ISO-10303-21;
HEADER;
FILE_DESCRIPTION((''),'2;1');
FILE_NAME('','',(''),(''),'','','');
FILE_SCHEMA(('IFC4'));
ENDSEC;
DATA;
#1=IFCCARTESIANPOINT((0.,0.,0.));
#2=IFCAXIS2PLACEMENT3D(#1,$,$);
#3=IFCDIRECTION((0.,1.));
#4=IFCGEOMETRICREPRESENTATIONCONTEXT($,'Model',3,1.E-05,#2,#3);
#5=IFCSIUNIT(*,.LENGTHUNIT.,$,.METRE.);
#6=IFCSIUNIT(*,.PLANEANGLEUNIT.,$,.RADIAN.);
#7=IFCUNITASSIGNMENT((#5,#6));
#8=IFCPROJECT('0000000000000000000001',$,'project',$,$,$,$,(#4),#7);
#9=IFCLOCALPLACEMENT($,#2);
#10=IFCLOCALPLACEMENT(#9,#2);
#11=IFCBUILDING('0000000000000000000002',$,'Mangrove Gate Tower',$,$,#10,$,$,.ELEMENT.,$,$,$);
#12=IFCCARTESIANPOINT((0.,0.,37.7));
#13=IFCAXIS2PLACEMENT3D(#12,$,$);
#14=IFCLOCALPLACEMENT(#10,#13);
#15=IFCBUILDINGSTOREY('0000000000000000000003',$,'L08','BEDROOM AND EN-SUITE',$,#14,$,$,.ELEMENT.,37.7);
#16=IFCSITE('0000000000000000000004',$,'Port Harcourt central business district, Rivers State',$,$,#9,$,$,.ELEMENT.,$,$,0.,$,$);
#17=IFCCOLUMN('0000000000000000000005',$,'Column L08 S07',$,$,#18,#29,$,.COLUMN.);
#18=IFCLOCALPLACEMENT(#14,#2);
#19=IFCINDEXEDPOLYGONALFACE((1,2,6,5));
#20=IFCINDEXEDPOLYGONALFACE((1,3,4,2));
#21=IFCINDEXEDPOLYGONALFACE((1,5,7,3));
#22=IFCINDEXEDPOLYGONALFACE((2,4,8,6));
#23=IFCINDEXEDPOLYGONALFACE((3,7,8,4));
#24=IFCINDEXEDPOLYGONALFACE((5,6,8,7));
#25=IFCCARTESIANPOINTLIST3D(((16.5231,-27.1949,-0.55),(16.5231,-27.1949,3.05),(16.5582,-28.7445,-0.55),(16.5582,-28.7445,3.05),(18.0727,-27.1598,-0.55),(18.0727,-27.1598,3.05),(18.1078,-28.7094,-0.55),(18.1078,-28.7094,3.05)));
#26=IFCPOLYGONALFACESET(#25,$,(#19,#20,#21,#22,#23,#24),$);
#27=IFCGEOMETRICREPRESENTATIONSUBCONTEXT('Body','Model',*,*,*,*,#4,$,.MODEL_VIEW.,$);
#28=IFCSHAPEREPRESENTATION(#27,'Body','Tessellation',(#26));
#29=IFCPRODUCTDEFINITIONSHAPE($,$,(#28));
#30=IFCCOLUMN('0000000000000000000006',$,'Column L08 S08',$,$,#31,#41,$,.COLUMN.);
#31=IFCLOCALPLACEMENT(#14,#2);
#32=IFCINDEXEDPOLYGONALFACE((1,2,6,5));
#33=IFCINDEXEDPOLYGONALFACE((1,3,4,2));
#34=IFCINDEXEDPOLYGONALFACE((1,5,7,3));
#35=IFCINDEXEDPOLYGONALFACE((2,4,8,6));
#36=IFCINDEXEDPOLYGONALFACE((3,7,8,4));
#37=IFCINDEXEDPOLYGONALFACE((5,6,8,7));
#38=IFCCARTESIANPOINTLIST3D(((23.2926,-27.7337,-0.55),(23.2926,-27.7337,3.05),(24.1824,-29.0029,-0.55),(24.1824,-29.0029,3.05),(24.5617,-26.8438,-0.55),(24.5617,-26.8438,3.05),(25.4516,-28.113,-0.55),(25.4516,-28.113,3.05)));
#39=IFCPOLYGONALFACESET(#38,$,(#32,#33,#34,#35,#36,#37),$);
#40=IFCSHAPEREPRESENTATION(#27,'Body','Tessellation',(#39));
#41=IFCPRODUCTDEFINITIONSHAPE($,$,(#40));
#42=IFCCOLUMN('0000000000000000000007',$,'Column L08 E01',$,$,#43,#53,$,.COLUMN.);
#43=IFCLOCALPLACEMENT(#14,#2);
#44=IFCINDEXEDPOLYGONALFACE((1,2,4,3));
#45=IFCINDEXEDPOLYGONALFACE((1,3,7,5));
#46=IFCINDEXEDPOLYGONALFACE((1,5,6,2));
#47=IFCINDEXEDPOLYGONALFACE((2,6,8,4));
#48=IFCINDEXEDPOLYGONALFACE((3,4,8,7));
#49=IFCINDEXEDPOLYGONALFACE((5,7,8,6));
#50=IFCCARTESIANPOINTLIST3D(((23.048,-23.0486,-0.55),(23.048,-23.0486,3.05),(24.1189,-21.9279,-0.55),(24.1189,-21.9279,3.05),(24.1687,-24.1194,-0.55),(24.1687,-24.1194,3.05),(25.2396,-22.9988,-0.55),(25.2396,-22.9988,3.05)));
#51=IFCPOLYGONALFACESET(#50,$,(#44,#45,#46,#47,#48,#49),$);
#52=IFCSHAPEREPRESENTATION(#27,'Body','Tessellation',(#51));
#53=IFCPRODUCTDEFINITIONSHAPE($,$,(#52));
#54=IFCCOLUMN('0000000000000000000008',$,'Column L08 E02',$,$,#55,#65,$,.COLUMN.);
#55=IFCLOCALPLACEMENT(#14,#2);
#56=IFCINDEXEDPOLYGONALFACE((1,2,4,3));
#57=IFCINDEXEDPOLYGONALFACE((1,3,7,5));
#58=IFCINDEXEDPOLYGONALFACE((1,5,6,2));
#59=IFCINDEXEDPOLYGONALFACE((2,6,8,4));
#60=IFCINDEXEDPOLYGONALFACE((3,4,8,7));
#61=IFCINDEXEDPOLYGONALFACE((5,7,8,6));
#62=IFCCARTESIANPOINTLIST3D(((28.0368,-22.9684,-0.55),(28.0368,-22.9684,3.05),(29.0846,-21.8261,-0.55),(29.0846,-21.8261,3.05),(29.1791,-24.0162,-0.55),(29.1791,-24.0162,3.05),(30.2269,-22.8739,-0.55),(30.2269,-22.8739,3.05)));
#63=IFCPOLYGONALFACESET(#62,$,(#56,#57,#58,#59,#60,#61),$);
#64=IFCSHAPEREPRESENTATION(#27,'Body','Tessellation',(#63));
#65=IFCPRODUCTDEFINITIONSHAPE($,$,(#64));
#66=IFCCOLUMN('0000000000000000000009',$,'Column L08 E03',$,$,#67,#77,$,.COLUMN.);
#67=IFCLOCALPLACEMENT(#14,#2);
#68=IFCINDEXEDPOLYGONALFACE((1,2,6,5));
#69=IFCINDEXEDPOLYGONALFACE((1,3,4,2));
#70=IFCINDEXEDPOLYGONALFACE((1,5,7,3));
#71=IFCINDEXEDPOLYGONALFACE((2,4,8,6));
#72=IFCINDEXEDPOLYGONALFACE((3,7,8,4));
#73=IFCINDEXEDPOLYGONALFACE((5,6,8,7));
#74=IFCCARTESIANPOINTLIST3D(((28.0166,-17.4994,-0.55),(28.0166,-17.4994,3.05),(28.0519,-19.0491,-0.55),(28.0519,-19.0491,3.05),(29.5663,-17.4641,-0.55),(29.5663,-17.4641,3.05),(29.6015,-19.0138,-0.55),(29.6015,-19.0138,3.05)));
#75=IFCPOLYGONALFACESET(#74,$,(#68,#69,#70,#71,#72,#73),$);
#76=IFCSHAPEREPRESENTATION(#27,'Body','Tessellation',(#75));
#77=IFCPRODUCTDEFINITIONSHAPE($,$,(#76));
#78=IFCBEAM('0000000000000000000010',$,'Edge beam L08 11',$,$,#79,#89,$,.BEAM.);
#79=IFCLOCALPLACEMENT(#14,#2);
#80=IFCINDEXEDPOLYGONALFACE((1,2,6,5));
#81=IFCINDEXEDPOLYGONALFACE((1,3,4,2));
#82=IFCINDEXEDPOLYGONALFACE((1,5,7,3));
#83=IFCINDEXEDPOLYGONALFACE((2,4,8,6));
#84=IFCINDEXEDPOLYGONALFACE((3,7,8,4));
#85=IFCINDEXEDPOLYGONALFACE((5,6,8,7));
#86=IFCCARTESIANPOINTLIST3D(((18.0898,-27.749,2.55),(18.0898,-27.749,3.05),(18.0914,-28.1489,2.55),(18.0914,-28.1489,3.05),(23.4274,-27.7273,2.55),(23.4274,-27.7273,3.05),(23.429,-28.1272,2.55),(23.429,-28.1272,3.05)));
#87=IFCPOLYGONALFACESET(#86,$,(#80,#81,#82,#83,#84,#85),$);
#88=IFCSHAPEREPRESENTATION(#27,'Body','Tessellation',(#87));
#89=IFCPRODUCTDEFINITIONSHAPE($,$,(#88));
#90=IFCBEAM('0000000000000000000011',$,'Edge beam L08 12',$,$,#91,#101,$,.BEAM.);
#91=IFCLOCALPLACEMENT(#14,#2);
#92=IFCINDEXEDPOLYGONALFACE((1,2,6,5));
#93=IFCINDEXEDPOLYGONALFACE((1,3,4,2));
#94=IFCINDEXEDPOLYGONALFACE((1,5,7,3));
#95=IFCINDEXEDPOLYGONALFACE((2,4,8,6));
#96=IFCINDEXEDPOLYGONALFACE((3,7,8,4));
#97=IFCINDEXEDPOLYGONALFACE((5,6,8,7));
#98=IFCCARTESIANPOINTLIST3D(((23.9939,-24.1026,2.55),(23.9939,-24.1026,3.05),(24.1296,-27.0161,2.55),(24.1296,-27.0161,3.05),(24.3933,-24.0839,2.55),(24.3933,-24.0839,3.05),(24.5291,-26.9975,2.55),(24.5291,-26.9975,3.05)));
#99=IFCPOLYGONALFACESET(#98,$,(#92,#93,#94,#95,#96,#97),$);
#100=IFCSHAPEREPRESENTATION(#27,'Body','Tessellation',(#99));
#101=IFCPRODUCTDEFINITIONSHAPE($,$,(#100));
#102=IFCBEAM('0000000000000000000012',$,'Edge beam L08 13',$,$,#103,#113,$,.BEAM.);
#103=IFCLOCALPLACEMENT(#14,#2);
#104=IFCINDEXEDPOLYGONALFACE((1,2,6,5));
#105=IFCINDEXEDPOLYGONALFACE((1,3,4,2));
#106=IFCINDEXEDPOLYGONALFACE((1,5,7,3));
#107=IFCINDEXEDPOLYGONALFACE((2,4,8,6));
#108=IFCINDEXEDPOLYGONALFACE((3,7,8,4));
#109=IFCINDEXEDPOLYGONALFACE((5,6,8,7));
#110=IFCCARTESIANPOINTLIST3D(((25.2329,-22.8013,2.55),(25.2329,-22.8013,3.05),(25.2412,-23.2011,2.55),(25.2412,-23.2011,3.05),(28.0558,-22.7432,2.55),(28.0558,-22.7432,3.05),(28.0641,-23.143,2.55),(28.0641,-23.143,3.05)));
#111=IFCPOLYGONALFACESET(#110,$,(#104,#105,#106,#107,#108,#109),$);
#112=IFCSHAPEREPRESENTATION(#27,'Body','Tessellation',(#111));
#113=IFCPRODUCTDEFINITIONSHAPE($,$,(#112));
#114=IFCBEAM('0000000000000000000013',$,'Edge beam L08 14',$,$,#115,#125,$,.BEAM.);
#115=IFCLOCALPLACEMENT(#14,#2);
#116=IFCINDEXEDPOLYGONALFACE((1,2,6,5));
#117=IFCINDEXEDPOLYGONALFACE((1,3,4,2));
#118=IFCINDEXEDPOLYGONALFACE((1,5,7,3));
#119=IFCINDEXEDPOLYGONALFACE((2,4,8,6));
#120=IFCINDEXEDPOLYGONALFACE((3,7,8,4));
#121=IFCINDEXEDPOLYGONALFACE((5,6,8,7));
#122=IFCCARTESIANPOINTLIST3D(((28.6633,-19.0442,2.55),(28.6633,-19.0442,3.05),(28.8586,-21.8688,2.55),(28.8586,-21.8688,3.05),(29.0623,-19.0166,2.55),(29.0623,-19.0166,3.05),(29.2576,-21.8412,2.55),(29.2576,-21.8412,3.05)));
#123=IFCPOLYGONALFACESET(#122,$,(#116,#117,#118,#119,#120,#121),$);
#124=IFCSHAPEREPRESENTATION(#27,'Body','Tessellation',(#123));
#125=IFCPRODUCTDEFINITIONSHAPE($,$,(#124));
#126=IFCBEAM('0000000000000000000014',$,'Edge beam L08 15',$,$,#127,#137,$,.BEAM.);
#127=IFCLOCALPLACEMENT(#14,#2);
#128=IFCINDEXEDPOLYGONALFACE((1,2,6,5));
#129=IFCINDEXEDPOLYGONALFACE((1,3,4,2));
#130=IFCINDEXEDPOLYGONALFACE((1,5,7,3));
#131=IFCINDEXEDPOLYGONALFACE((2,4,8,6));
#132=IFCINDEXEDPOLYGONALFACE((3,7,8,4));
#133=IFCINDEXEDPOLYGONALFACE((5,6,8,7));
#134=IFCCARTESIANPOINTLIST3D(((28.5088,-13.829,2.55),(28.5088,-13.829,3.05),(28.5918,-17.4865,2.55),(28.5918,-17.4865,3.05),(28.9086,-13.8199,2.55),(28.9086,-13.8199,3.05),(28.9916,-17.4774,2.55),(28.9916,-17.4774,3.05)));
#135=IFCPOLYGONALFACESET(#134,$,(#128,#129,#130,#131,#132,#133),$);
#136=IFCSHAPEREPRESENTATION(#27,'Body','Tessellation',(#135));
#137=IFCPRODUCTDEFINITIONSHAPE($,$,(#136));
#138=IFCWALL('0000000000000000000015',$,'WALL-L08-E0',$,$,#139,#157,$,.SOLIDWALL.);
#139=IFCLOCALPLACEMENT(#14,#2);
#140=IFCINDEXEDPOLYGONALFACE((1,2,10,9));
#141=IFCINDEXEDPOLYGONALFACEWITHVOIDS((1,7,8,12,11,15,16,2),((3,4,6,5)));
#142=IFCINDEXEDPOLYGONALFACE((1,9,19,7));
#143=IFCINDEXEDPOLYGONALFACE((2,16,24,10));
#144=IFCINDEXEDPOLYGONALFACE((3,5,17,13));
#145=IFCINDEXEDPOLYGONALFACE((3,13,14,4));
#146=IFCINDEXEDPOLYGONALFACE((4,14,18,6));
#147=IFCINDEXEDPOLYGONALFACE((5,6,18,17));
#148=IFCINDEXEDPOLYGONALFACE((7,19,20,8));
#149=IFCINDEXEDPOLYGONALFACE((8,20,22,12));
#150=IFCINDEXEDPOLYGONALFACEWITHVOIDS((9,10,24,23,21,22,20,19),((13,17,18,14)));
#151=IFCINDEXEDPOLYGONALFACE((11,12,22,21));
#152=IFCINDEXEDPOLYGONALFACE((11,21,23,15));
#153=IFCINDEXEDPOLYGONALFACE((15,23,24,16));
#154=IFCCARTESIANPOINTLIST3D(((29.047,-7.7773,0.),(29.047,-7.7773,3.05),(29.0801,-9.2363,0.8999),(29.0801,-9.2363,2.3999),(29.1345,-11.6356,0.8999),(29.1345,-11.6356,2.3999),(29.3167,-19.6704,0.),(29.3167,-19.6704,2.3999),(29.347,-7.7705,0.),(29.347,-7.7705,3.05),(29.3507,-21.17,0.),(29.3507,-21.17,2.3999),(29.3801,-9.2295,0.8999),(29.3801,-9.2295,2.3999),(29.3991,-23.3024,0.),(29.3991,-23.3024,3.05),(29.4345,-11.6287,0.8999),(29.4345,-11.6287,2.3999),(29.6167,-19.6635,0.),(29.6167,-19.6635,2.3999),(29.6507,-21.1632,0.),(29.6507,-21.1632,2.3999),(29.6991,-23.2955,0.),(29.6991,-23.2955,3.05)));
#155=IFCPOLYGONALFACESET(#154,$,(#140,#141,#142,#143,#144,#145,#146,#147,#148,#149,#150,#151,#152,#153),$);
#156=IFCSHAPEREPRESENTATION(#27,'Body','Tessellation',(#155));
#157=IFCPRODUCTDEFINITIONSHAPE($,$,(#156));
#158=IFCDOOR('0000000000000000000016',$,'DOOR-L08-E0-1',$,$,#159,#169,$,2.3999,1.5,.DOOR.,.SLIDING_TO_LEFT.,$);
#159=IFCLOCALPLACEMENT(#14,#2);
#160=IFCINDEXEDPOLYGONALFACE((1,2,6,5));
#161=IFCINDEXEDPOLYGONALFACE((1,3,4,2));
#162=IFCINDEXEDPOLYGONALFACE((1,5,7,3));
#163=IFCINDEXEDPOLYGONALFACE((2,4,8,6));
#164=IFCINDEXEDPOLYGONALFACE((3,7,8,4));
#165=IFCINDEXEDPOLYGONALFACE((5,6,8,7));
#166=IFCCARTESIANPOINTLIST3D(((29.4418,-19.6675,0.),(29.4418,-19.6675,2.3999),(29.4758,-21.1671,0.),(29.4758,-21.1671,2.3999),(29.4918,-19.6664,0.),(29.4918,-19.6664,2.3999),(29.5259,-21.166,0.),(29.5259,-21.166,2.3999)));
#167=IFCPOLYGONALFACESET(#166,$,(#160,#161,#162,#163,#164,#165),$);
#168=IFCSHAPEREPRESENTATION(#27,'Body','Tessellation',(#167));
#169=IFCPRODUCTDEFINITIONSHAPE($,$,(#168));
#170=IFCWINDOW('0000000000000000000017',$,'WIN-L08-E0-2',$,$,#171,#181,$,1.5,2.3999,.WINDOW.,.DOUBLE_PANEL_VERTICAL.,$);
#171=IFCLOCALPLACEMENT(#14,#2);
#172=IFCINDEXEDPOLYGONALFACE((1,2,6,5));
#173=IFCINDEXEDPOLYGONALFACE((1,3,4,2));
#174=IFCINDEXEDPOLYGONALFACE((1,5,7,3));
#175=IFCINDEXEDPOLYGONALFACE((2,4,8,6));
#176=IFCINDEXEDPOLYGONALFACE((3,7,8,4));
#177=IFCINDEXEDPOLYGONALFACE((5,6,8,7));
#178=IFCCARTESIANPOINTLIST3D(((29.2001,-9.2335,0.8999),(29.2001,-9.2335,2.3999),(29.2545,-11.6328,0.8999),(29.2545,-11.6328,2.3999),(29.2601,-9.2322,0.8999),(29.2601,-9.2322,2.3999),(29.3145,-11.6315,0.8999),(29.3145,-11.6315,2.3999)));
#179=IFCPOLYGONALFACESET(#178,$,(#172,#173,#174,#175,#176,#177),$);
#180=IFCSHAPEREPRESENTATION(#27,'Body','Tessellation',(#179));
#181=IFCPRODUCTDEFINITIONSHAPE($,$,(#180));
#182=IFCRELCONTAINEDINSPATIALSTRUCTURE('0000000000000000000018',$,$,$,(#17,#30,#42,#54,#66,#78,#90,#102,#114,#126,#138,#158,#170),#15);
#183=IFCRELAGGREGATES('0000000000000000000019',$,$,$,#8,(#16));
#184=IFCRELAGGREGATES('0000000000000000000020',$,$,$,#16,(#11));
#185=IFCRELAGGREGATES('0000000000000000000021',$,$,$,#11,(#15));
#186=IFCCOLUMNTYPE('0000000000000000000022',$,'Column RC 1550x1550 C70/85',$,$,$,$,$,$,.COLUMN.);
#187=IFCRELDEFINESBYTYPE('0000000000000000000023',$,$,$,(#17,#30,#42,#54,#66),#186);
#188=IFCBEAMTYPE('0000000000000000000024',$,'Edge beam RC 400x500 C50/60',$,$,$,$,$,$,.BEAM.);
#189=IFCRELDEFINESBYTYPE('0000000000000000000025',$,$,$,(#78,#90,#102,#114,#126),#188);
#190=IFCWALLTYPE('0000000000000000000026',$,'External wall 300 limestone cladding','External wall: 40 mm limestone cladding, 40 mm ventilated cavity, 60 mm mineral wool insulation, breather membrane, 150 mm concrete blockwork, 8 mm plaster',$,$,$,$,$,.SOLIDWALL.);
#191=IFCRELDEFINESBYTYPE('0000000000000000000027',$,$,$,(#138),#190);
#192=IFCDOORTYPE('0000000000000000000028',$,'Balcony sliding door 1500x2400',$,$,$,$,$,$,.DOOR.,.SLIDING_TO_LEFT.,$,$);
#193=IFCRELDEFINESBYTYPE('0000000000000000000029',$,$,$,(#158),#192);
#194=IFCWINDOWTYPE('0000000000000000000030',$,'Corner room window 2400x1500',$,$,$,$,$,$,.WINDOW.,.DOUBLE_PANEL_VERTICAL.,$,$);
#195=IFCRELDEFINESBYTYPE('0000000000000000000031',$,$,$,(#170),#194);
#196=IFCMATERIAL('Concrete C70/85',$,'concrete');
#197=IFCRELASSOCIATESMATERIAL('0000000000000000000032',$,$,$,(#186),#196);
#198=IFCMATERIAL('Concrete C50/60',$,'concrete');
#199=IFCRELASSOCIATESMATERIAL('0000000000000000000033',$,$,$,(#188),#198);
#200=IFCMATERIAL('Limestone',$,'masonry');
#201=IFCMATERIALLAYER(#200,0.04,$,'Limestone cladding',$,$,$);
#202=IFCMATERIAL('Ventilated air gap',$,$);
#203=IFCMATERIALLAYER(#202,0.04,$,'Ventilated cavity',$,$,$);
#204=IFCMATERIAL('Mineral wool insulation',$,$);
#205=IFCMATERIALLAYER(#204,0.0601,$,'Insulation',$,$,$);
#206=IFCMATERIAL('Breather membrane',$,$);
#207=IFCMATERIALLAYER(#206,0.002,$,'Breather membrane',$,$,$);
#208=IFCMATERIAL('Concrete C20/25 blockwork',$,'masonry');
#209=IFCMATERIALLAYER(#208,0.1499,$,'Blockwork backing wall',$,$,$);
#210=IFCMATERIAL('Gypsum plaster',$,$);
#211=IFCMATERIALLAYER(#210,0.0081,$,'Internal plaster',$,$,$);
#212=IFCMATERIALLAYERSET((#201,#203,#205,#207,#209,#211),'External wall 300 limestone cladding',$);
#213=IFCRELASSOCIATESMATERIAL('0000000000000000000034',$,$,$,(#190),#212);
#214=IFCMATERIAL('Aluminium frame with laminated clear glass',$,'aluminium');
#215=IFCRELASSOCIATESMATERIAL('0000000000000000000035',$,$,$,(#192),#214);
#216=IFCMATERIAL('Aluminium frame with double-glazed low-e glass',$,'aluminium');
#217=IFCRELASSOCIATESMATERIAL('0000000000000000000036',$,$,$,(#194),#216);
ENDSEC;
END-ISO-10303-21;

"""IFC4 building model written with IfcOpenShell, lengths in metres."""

from ifc_helpers import new_model, si_unit, direction, frame, frame_2d, origin, origin_2d, place, context, subcontext, project, spatial, rectangle, extrude, material, layer, layer_set, material_profile, profile_set, type_object, element, fill, save


model = new_model("IFC4")

# Units and contexts
model_context = context("Model", 3, precision=1e-05, world=origin(), true_north=direction((0.0, 1.0)))
body_context = subcontext(model_context, "Body", "Model", "MODEL_VIEW")
ifc_project = project(units=[si_unit("LENGTHUNIT", "METRE"), si_unit("PLANEANGLEUNIT", "RADIAN")], contexts=[model_context])

# Site, building, storey
site_placement = place(None, origin())
site = spatial("IfcSite", under=ifc_project, at=site_placement, Name="Port Harcourt central business district, Rivers State", CompositionType="ELEMENT", RefElevation=0.0)
building_placement = place(site_placement, origin())
building = spatial("IfcBuilding", under=site, at=building_placement, Name="Mangrove Gate Tower", CompositionType="ELEMENT")
storey_placement = place(building_placement, frame((0.0, 0.0, 37.7)))
storey = spatial("IfcBuildingStorey", under=building, at=storey_placement, Name="L08", Description="BEDROOM AND EN-SUITE", CompositionType="ELEMENT", Elevation=37.7)

# Columns
ifc_material_1 = material(Name="Concrete C70/85", Category="concrete")
ifc_material_profile_1 = material_profile(ifc_material_1, rectangle(XDim=1.55, YDim=1.55, at=origin_2d()))
ifc_profile_set_1 = profile_set([ifc_material_profile_1], Name="Concrete C70/85")
column_type = type_object("IfcColumnType", Name="Column RC 1550x1550 C70/85", PredefinedType="COLUMN", material=ifc_profile_set_1)
for number, where, z_axis, x_axis, name in (
    (1, (17.3154, -27.9521, -0.55), (0.0, 0.0, 1.0), (0.999744, 0.022644, 0.0), "Column L08 S07"),
    (2, (24.3721, -27.9233, -0.55), (0.0, 0.0, 1.0), (0.818799, 0.574081, 0.0), "Column L08 S08"),
    (3, (24.1438, -23.0237, -0.55), (0.0, 0.0, 1.0), (0.690876, 0.722973, 0.0), "Column L08 E01"),
    (4, (29.1318, -22.9211, -0.55), (0.0, 0.0, 1.0), (0.675975, 0.736924, 0.0), "Column L08 E02"),
    (5, (28.8091, -18.2566, -0.55), (0.0, 0.0, 1.0), (-0.022754, 0.999741, 0.0), "Column L08 E03"),
):
    element("IfcColumn", number, at=place(storey_placement, frame(where, z_axis=z_axis, x_axis=x_axis)), inside=storey, type_object=column_type, Name=name, PredefinedType="COLUMN", context=body_context, shape_type="SweptSolid", body=[
        extrude(rectangle(XDim=1.55, YDim=1.55, at=origin_2d()), origin(), (0.0, 0.0, 1.0), 3.6001),
    ])

# Beams
ifc_material_2 = material(Name="Concrete C50/60", Category="concrete")
ifc_material_profile_2 = material_profile(ifc_material_2, rectangle(XDim=0.3999, YDim=0.5, at=origin_2d()))
ifc_profile_set_2 = profile_set([ifc_material_profile_2], Name="Concrete C50/60")
beam_type = type_object("IfcBeamType", Name="Edge beam RC 400x500 C50/60", PredefinedType="BEAM", material=ifc_profile_set_2)
beam_1_placement = place(storey_placement, frame((18.0906, -27.949, 2.8), z_axis=(0.999992, 0.004071, 0.0), x_axis=(-0.004071, 0.999992, 0.0)))
element("IfcBeam", 6, at=beam_1_placement, inside=storey, type_object=beam_type, Name="Edge beam L08 11", PredefinedType="BEAM", context=body_context, shape_type="SweptSolid", body=[
    extrude(rectangle(XDim=0.3999, YDim=0.5, at=origin_2d()), origin(), (0.0, 0.0, 1.0), 5.3376),
])
beam_2_placement = place(storey_placement, frame((24.3293, -27.0068, 2.8), z_axis=(-0.046539, 0.998916, 0.0), x_axis=(-0.998916, -0.046539, 0.0)))
element("IfcBeam", 7, at=beam_2_placement, inside=storey, type_object=beam_type, Name="Edge beam L08 12", PredefinedType="BEAM", context=body_context, shape_type="SweptSolid", body=[
    extrude(rectangle(XDim=0.3999, YDim=0.5, at=origin_2d()), origin(), (0.0, 0.0, 1.0), 2.9167),
])
beam_3_placement = place(storey_placement, frame((25.2371, -23.0012, 2.8), z_axis=(0.999788, 0.020579, 0.0), x_axis=(-0.020579, 0.999788, 0.0)))
element("IfcBeam", 8, at=beam_3_placement, inside=storey, type_object=beam_type, Name="Edge beam L08 13", PredefinedType="BEAM", context=body_context, shape_type="SweptSolid", body=[
    extrude(rectangle(XDim=0.3999, YDim=0.5, at=origin_2d()), origin(), (0.0, 0.0, 1.0), 2.8235),
])
beam_4_placement = place(storey_placement, frame((29.0581, -21.855, 2.8), z_axis=(-0.068986, 0.997618, 0.0), x_axis=(-0.997618, -0.068986, 0.0)))
element("IfcBeam", 9, at=beam_4_placement, inside=storey, type_object=beam_type, Name="Edge beam L08 14", PredefinedType="BEAM", context=body_context, shape_type="SweptSolid", body=[
    extrude(rectangle(XDim=0.3999, YDim=0.5, at=origin_2d()), origin(), (0.0, 0.0, 1.0), 2.8313),
])
beam_5_placement = place(storey_placement, frame((28.7917, -17.4819, 2.8), z_axis=(-0.02269, 0.999743, 0.0), x_axis=(-0.999743, -0.02269, 0.0)))
element("IfcBeam", 10, at=beam_5_placement, inside=storey, type_object=beam_type, Name="Edge beam L08 15", PredefinedType="BEAM", context=body_context, shape_type="SweptSolid", body=[
    extrude(rectangle(XDim=0.3999, YDim=0.5, at=origin_2d()), origin(), (0.0, 0.0, 1.0), 3.6584),
])

# Wall, openings, door, window
ifc_material_3 = material(Name="Limestone", Category="masonry")
ifc_layer_1 = layer(ifc_material_3, 0.04, Name="Limestone cladding")
ifc_material_4 = material(Name="Ventilated air gap")
ifc_layer_2 = layer(ifc_material_4, 0.04, Name="Ventilated cavity")
ifc_material_5 = material(Name="Mineral wool insulation")
ifc_layer_3 = layer(ifc_material_5, 0.0601, Name="Insulation")
ifc_material_6 = material(Name="Breather membrane")
ifc_layer_4 = layer(ifc_material_6, 0.002, Name="Breather membrane")
ifc_material_7 = material(Name="Concrete C20/25 blockwork", Category="masonry")
ifc_layer_5 = layer(ifc_material_7, 0.1499, Name="Blockwork backing wall")
ifc_material_8 = material(Name="Gypsum plaster")
ifc_layer_6 = layer(ifc_material_8, 0.0081, Name="Internal plaster")
ifc_layer_set_1 = layer_set([ifc_layer_1, ifc_layer_2, ifc_layer_3, ifc_layer_4, ifc_layer_5, ifc_layer_6], Name="External wall 300 limestone cladding")
wall_type_1 = type_object("IfcWallType", Name="External wall 300 limestone cladding", Description="External wall: 40 mm limestone cladding, 40 mm ventilated cavity, 60 mm mineral wool insulation, breather membrane, 150 mm concrete blockwork, 8 mm plaster", PredefinedType="SOLIDWALL", material=ifc_layer_set_1)
wall_1_placement = place(storey_placement, frame((29.5491, -23.2991, 0.0), z_axis=(0.0, 0.0, 1.0), x_axis=(-0.02267, 0.999743, 0.0)))
wall_1 = element("IfcWall", 11, at=wall_1_placement, inside=storey, type_object=wall_type_1, Name="WALL-L08-E0", PredefinedType="SOLIDWALL", context=body_context, shape_type="SweptSolid", body=[
    extrude(rectangle(XDim=15.5291, YDim=0.3, at=frame_2d((7.7646, 0.0))), origin(), (0.0, 0.0, 1.0), 3.05),
])
opening_1_placement = place(wall_1_placement, frame((2.1331, 0.0, 0.0)))
opening_1 = element("IfcOpeningElement", 12, at=opening_1_placement, cuts=wall_1, PredefinedType="OPENING", context=body_context, shape_type="SweptSolid", body=[
    extrude(rectangle(XDim=1.5, YDim=2.3999, at=frame_2d((0.75, 1.2))), frame((0.0, 0.1599, 0.0), z_axis=(0.0, -1.0, 0.0), x_axis=(1.0, 0.0, 0.0)), (0.0, 0.0, 1.0), 0.3201),
])
opening_2_placement = place(wall_1_placement, frame((11.6699, 0.0, 0.8999)))
opening_2 = element("IfcOpeningElement", 13, at=opening_2_placement, cuts=wall_1, PredefinedType="OPENING", context=body_context, shape_type="SweptSolid", body=[
    extrude(rectangle(XDim=2.3999, YDim=1.5, at=frame_2d((1.2, 0.75))), frame((0.0, 0.1599, 0.0), z_axis=(0.0, -1.0, 0.0), x_axis=(1.0, 0.0, 0.0)), (0.0, 0.0, 1.0), 0.3201),
])
ifc_material_9 = material(Name="Aluminium frame with laminated clear glass", Category="aluminium")
door_type_1 = type_object("IfcDoorType", Name="Balcony sliding door 1500x2400", OperationType="SLIDING_TO_LEFT", PredefinedType="DOOR", material=ifc_material_9)
door_1_placement = place(opening_1_placement, origin())
door_1 = element("IfcDoor", 14, at=door_1_placement, inside=storey, type_object=door_type_1, Name="DOOR-L08-E0-1", OperationType="SLIDING_TO_LEFT", OverallHeight=2.3999, OverallWidth=1.5, PredefinedType="DOOR", context=body_context, shape_type="SweptSolid", body=[
    extrude(rectangle(XDim=1.5, YDim=2.3999, at=frame_2d((0.75, 1.2))), frame((0.0, 0.0249, 0.0), z_axis=(0.0, -1.0, 0.0), x_axis=(1.0, 0.0, 0.0)), (0.0, 0.0, 1.0), 0.05),
])
fill(opening_1, door_1)
ifc_material_10 = material(Name="Aluminium frame with double-glazed low-e glass", Category="aluminium")
window_type = type_object("IfcWindowType", Name="Corner room window 2400x1500", PartitioningType="DOUBLE_PANEL_VERTICAL", PredefinedType="WINDOW", material=ifc_material_10)
window_1_placement = place(opening_2_placement, origin())
window_1 = element("IfcWindow", 15, at=window_1_placement, inside=storey, type_object=window_type, Name="WIN-L08-E0-2", OverallHeight=1.5, OverallWidth=2.3999, PartitioningType="DOUBLE_PANEL_VERTICAL", PredefinedType="WINDOW", context=body_context, shape_type="SweptSolid", body=[
    extrude(rectangle(XDim=2.3999, YDim=1.5, at=frame_2d((1.2, 0.75))), frame((0.0, 0.03, 0.0), z_axis=(0.0, -1.0, 0.0), x_axis=(1.0, 0.0, 0.0)), (0.0, 0.0, 1.0), 0.0601),
])
fill(opening_2, window_1)

save(model, "model.ifc")
